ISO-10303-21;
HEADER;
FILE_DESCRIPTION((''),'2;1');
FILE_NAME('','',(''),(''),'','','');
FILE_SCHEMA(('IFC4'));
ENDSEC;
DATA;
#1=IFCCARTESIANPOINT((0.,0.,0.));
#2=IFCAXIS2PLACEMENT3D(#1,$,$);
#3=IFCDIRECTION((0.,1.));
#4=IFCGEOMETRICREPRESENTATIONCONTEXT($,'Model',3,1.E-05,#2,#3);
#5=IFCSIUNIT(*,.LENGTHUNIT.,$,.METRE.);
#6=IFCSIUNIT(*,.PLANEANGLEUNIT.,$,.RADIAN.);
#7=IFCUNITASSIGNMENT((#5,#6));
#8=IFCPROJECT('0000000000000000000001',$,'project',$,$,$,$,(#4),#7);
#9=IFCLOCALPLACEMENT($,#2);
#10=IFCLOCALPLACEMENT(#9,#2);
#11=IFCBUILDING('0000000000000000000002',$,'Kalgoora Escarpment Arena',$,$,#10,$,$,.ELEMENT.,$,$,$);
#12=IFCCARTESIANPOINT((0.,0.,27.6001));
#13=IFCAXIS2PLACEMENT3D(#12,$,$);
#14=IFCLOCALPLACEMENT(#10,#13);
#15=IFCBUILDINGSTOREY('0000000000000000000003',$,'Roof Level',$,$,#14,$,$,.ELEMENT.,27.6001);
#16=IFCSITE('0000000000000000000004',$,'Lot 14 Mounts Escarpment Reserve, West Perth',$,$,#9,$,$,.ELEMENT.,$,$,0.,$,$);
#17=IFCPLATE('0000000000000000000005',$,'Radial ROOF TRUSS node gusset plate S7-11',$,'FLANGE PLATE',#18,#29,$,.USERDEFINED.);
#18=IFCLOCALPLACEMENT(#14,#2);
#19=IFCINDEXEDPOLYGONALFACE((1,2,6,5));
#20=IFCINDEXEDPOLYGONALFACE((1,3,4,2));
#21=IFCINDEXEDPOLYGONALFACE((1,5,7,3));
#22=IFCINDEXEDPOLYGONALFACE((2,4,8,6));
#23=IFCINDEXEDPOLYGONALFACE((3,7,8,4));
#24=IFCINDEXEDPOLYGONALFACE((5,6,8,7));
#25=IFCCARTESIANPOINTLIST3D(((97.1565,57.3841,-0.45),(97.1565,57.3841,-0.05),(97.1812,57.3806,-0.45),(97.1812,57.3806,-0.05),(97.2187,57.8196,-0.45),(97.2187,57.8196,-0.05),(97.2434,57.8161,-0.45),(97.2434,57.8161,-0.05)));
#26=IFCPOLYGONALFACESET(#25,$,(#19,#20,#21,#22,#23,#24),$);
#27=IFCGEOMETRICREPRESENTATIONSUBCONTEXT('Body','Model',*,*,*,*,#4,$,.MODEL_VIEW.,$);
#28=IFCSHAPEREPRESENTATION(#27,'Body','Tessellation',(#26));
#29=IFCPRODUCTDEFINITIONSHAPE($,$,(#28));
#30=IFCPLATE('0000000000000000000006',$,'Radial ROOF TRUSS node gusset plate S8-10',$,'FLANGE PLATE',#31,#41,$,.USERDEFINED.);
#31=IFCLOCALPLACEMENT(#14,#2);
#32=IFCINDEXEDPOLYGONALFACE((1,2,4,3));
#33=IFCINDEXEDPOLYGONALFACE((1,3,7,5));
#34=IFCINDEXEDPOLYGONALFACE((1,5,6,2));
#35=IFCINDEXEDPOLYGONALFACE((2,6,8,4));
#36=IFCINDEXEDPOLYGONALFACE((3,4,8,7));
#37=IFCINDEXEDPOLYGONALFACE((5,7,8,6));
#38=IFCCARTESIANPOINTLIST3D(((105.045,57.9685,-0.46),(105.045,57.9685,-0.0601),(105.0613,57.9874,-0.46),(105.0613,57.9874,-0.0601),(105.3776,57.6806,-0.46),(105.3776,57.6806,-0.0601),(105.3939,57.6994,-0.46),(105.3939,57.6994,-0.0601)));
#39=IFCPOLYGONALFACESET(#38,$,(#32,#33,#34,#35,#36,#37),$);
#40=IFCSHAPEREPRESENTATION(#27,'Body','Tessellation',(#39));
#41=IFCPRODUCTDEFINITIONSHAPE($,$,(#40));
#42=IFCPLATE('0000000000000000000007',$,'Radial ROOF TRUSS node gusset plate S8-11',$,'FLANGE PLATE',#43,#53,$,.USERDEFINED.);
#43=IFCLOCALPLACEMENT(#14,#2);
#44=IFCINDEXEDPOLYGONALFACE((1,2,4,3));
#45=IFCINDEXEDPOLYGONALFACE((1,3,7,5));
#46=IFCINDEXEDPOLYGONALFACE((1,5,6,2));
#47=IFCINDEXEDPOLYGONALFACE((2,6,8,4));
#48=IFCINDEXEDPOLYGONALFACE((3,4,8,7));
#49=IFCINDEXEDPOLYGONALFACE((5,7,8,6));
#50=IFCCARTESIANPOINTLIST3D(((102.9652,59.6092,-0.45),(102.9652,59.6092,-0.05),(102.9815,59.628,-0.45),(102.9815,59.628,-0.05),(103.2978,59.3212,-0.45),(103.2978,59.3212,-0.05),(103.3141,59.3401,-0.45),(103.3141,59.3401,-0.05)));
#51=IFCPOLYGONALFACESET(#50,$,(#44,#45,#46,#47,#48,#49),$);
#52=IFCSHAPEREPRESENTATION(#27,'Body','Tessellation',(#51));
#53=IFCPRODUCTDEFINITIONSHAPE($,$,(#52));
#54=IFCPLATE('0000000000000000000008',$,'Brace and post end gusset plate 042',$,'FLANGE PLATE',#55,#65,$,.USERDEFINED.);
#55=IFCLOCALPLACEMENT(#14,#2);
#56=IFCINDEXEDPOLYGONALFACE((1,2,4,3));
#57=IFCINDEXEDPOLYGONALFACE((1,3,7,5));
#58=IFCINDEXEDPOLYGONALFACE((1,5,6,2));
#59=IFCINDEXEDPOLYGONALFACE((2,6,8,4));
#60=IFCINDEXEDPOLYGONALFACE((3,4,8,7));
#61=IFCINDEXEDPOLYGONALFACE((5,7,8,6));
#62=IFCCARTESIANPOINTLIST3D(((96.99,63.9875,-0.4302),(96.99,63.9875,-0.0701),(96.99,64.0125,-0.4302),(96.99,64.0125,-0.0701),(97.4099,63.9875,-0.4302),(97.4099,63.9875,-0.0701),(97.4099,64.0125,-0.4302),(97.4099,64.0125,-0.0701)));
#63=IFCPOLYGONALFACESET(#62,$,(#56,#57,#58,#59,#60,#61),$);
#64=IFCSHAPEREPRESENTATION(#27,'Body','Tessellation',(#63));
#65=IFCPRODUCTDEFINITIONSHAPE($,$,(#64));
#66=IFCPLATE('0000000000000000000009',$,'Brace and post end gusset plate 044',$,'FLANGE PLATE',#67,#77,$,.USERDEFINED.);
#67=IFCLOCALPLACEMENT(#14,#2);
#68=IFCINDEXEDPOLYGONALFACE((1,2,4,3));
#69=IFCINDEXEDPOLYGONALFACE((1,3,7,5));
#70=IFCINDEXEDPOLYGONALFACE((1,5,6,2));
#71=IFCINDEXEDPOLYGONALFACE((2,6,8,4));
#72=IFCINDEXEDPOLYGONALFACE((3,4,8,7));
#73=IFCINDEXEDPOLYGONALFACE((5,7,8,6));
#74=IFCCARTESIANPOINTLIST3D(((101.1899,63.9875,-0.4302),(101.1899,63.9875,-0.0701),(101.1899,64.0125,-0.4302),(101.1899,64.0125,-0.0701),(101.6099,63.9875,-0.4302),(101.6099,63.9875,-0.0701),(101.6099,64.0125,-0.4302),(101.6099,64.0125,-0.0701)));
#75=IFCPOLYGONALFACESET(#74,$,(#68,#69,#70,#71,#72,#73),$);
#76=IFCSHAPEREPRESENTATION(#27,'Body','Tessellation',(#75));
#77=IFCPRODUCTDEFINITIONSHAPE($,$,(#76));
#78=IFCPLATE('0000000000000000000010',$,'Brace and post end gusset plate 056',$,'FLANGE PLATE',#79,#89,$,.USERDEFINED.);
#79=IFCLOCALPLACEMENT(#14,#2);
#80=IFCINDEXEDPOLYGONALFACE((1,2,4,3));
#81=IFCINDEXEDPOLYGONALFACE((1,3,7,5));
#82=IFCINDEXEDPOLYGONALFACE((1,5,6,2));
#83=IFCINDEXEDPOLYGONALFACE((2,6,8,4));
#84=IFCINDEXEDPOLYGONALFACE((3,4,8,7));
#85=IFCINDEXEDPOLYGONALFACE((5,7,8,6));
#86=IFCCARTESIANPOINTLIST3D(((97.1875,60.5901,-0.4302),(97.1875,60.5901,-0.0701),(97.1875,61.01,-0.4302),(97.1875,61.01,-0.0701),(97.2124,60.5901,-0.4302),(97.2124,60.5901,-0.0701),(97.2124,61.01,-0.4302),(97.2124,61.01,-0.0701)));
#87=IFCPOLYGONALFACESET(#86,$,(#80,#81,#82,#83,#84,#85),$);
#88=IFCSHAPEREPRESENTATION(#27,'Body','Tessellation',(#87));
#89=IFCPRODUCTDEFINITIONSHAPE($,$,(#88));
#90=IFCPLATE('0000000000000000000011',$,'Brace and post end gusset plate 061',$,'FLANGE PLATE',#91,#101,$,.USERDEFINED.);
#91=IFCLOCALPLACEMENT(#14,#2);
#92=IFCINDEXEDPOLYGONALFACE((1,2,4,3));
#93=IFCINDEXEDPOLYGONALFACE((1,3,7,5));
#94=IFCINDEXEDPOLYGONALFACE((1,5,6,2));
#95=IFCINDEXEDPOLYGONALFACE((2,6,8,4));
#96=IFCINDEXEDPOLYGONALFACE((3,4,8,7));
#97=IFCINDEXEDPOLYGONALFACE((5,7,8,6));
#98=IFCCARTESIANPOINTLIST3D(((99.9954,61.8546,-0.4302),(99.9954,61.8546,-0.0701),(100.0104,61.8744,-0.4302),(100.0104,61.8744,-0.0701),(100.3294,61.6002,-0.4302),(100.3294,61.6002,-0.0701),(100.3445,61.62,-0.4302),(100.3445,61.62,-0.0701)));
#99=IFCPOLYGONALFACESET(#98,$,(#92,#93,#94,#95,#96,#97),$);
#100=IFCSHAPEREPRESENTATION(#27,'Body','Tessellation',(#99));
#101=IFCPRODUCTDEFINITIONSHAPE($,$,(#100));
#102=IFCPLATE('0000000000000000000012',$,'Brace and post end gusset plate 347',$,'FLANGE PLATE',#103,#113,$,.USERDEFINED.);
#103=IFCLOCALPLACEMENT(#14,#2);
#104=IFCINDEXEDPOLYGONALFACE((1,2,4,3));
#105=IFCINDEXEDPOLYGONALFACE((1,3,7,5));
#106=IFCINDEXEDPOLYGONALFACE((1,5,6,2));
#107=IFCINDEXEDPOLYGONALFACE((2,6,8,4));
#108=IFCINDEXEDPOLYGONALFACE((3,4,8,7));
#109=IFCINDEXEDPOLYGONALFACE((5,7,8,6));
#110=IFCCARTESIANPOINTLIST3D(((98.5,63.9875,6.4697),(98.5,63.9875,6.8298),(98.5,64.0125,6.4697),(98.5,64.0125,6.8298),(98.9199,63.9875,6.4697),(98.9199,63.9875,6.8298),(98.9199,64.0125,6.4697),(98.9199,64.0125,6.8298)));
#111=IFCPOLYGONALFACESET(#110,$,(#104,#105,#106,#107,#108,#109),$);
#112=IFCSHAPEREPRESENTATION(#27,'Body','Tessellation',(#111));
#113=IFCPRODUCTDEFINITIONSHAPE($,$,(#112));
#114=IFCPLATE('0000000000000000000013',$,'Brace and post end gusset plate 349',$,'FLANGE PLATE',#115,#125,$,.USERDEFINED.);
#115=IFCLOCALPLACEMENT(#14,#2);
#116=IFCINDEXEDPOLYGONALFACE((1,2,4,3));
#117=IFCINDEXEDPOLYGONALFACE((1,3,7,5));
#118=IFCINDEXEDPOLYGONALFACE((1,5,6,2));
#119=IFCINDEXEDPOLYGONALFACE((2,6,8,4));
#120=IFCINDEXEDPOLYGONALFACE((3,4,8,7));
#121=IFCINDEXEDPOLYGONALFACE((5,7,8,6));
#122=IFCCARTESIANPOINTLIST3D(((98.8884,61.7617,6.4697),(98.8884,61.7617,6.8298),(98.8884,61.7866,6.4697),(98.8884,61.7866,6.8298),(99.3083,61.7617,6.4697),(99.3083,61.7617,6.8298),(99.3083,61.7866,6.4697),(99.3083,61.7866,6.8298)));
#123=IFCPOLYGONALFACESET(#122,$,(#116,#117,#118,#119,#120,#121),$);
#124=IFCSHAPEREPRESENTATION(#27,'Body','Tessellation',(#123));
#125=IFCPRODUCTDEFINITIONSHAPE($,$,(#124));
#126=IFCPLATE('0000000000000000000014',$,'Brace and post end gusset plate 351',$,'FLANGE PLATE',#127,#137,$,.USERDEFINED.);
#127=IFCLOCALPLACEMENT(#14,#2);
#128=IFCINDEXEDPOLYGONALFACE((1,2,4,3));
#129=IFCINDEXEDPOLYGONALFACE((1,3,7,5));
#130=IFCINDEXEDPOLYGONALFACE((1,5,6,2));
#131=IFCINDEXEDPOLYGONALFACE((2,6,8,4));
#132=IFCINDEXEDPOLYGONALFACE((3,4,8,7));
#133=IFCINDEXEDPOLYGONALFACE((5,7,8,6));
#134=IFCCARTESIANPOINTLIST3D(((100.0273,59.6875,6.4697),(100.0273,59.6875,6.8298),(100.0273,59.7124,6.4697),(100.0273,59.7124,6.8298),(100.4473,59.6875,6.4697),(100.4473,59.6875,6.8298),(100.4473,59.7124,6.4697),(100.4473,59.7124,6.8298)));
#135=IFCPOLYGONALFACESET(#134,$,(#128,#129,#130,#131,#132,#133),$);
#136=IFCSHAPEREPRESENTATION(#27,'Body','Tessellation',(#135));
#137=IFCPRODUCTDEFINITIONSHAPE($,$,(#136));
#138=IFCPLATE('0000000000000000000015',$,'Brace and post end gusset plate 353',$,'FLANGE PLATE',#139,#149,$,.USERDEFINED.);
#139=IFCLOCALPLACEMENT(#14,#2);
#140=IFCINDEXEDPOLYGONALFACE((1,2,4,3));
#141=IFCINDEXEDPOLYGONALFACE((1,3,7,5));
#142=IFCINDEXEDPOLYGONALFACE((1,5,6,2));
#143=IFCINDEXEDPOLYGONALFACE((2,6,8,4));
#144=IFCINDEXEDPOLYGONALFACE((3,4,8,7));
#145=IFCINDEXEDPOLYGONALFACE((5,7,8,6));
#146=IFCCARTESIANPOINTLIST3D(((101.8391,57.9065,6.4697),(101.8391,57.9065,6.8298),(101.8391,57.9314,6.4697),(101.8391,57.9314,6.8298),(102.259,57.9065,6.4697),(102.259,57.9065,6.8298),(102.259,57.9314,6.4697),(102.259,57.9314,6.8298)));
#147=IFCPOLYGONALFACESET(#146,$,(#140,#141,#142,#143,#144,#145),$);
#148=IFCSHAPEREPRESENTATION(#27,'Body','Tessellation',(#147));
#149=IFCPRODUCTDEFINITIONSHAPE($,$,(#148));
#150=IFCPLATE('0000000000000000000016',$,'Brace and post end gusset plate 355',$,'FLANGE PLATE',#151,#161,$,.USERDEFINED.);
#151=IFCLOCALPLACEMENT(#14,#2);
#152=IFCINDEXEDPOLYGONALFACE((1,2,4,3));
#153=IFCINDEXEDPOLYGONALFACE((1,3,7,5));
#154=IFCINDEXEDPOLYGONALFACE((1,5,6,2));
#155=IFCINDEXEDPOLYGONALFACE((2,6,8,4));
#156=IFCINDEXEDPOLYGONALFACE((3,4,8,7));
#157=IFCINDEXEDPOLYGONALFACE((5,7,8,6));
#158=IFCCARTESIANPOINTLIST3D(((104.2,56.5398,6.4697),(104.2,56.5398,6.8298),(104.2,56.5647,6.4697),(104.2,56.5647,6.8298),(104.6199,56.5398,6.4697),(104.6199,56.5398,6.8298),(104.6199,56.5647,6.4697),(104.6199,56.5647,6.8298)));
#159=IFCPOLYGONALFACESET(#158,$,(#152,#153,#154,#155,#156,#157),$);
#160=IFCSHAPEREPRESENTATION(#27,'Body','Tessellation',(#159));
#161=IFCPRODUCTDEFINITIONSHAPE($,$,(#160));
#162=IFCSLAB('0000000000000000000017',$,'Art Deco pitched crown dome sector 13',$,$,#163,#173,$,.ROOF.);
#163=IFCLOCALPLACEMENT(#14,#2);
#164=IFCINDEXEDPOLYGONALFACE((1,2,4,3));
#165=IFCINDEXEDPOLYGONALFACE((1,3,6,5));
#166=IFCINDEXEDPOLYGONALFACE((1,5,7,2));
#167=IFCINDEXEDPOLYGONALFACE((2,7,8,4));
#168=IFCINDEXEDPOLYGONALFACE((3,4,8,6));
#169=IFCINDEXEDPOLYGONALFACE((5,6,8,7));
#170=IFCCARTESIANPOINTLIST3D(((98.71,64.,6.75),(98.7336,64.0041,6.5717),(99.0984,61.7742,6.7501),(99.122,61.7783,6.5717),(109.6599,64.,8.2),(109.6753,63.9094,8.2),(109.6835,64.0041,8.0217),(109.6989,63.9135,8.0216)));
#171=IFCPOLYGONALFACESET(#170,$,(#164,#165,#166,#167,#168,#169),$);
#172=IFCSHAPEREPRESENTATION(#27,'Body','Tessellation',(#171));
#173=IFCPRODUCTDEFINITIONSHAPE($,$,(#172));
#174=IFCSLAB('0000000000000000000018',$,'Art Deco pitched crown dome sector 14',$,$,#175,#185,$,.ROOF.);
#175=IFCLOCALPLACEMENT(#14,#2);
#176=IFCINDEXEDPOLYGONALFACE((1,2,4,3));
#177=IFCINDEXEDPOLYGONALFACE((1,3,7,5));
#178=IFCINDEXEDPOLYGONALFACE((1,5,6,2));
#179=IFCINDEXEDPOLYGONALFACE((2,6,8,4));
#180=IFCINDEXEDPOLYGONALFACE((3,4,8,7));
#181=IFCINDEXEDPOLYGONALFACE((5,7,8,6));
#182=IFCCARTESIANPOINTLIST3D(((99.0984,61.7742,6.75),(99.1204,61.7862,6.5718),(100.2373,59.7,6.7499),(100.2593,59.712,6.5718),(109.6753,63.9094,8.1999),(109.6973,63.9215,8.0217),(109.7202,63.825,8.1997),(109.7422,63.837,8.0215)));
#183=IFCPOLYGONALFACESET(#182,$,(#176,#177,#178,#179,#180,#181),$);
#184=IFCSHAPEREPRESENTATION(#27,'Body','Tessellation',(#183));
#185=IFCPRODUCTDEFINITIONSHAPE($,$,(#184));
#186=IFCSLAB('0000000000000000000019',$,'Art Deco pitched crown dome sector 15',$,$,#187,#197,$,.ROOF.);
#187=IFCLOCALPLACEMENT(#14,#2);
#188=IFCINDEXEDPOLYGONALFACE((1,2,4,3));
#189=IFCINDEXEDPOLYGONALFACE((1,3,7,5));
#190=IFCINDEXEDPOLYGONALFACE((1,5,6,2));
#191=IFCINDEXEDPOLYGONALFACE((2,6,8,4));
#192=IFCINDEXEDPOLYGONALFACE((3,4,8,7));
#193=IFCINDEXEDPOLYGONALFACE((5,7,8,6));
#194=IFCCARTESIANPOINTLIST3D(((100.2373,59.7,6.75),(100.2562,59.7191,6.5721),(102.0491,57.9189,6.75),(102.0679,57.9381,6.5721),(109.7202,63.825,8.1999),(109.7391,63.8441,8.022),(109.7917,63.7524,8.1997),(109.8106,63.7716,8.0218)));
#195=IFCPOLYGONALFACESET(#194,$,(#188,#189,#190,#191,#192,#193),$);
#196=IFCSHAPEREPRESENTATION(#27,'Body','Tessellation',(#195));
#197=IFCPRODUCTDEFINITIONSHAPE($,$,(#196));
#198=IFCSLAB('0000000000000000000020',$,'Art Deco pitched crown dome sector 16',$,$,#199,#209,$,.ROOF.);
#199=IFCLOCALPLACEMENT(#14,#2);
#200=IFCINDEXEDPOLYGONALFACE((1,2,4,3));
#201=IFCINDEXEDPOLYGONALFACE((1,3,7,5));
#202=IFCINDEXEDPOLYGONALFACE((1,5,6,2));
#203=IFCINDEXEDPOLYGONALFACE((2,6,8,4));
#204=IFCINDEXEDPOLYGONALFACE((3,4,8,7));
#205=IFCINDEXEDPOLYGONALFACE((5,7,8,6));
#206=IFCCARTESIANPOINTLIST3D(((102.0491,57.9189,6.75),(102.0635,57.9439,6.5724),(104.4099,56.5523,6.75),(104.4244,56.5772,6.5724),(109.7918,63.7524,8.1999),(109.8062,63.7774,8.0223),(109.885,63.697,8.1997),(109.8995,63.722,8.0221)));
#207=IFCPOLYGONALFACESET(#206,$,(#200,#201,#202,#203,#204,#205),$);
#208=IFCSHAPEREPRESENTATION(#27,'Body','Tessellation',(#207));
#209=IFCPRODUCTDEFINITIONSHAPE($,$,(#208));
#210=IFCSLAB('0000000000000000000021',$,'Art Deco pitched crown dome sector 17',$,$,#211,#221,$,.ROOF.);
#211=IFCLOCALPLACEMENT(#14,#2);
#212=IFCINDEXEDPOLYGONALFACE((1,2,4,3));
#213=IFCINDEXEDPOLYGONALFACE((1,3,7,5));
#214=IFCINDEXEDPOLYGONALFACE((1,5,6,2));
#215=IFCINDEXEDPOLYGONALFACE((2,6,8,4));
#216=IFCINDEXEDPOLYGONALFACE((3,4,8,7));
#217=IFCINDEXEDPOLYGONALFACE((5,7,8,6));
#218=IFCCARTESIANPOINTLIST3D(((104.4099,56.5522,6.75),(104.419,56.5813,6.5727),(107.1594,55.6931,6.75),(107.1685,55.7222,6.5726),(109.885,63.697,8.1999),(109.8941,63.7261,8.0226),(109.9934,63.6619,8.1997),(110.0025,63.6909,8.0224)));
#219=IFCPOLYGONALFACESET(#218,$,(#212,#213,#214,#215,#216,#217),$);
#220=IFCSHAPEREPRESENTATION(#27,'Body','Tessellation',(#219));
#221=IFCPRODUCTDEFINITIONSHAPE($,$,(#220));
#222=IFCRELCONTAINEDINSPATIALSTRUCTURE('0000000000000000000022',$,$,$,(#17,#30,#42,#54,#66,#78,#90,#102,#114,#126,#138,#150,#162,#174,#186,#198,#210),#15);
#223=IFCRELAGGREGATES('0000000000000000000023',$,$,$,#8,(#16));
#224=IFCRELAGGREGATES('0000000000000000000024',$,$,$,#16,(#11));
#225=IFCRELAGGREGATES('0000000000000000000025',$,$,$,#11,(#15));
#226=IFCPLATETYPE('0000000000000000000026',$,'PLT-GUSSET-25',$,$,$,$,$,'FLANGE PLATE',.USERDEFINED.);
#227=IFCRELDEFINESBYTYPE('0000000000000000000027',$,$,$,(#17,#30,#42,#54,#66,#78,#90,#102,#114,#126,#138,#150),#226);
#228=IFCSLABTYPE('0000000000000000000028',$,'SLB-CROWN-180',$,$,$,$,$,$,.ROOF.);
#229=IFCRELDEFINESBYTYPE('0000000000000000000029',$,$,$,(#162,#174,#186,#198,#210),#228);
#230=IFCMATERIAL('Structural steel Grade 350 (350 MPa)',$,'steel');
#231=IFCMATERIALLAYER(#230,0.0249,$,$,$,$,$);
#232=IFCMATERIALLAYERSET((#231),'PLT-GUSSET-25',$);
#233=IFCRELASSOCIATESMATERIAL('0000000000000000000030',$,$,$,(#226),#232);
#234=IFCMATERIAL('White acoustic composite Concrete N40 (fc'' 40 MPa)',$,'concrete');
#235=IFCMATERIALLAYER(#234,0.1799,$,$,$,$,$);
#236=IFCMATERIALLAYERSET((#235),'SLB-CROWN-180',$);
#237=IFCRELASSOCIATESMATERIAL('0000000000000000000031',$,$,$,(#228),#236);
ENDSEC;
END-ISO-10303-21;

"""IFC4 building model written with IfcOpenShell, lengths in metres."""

from ifc_helpers import new_model, si_unit, direction, frame, origin, origin_2d, place, context, subcontext, project, spatial, polyline, rectangle, outline, extrude, material, layer, layer_set, type_object, element, save


model = new_model("IFC4")

# Units and contexts
model_context = context("Model", 3, precision=1e-05, world=origin(), true_north=direction((0.0, 1.0)))
body_context = subcontext(model_context, "Body", "Model", "MODEL_VIEW")
ifc_project = project(units=[si_unit("LENGTHUNIT", "METRE"), si_unit("PLANEANGLEUNIT", "RADIAN")], contexts=[model_context])

# Site, building, storey
site_placement = place(None, origin())
site = spatial("IfcSite", under=ifc_project, at=site_placement, Name="Lot 14 Mounts Escarpment Reserve, West Perth", CompositionType="ELEMENT", RefElevation=0.0)
building_placement = place(site_placement, origin())
building = spatial("IfcBuilding", under=site, at=building_placement, Name="Kalgoora Escarpment Arena", CompositionType="ELEMENT")
storey_placement = place(building_placement, frame((0.0, 0.0, 27.6001)))
storey = spatial("IfcBuildingStorey", under=building, at=storey_placement, Name="Roof Level", CompositionType="ELEMENT", Elevation=27.6001)

# Plates
ifc_material_1 = material(Name="Structural steel Grade 350 (350 MPa)", Category="steel")
ifc_layer_1 = layer(ifc_material_1, 0.0249)
ifc_layer_set_1 = layer_set([ifc_layer_1], Name="PLT-GUSSET-25")
plate_type = type_object("IfcPlateType", Name="PLT-GUSSET-25", ElementType="FLANGE PLATE", PredefinedType="USERDEFINED", material=ifc_layer_set_1)
for number, where, z_axis, x_axis, name in (
    (1, (97.2, 57.6001, -0.45), (0.0, 0.0, 1.0), (0.14142, 0.98995, 0.0), "Radial ROOF TRUSS node gusset plate S7-11"),
    (2, (105.2195, 57.834, -0.46), (0.0, 0.0, 1.0), (-0.756082, 0.654477, 0.0), "Radial ROOF TRUSS node gusset plate S8-10"),
    (3, (103.1396, 59.4746, -0.45), (0.0, 0.0, 1.0), (-0.756082, 0.654477, 0.0), "Radial ROOF TRUSS node gusset plate S8-11"),
):
    element("IfcPlate", number, at=place(storey_placement, frame(where, z_axis=z_axis, x_axis=x_axis)), inside=storey, type_object=plate_type, Name=name, ObjectType="FLANGE PLATE", PredefinedType="USERDEFINED", context=body_context, shape_type="SweptSolid", body=[
        extrude(rectangle(XDim=0.4399, YDim=0.0249, at=origin_2d()), origin(), (0.0, 0.0, 1.0), 0.3999),
    ])
for number, where, z_axis, x_axis, name in (
    (4, (97.2, 64.0, -0.4302), (0.0, 0.0, 1.0), (1.0, 0.0, 0.0), "Brace and post end gusset plate 042"),
    (5, (101.3999, 64.0, -0.4302), (0.0, 0.0, 1.0), (-1.0, 0.0, 0.0), "Brace and post end gusset plate 044"),
    (6, (97.2, 60.8, -0.4302), (0.0, 0.0, 1.0), (0.0, -1.0, 0.0), "Brace and post end gusset plate 056"),
    (7, (100.1699, 61.7373, -0.4302), (0.0, 0.0, 1.0), (0.795473, -0.605988, 0.0), "Brace and post end gusset plate 061"),
    (8, (98.71, 64.0, 6.4697), (0.0, 0.0, 1.0), (1.0, 0.0, 0.0), "Brace and post end gusset plate 347"),
    (9, (99.0984, 61.7742, 6.4697), (0.0, 0.0, 1.0), (1.0, 0.0, 0.0), "Brace and post end gusset plate 349"),
    (10, (100.2373, 59.7, 6.4697), (0.0, 0.0, 1.0), (1.0, 0.0, 0.0), "Brace and post end gusset plate 351"),
    (11, (102.0491, 57.9189, 6.4697), (0.0, 0.0, 1.0), (1.0, 0.0, 0.0), "Brace and post end gusset plate 353"),
    (12, (104.4099, 56.5522, 6.4697), (0.0, 0.0, 1.0), (1.0, 0.0, 0.0), "Brace and post end gusset plate 355"),
):
    element("IfcPlate", number, at=place(storey_placement, frame(where, z_axis=z_axis, x_axis=x_axis)), inside=storey, type_object=plate_type, Name=name, ObjectType="FLANGE PLATE", PredefinedType="USERDEFINED", context=body_context, shape_type="SweptSolid", body=[
        extrude(rectangle(XDim=0.4199, YDim=0.0249, at=origin_2d()), origin(), (0.0, 0.0, 1.0), 0.3601),
    ])

# Slabs
ifc_material_2 = material(Name="White acoustic composite Concrete N40 (fc' 40 MPa)", Category="concrete")
ifc_layer_2 = layer(ifc_material_2, 0.1799)
ifc_layer_set_2 = layer_set([ifc_layer_2], Name="SLB-CROWN-180")
slab_type = type_object("IfcSlabType", Name="SLB-CROWN-180", PredefinedType="ROOF", material=ifc_layer_set_2)
slab_1_placement = place(storey_placement, frame((98.71, 64.0, 6.75), z_axis=(-0.131241, -0.022879, 0.991086), x_axis=(0.171908, -0.985113, 0.000024)))
element("IfcSlab", 13, at=slab_1_placement, inside=storey, type_object=slab_type, Name="Art Deco pitched crown dome sector 13", PredefinedType="ROOF", context=body_context, shape_type="SweptSolid", body=[
    extrude(outline(polyline([(0.0, 0.0), (2.2595, 0.0), (1.9743, 10.8835), (1.8824, 10.8839), (0.0, 0.0)])), origin(), (0.0, 0.0, -1.0), 0.1799),
])
slab_2_placement = place(storey_placement, frame((99.0984, 61.7742, 6.75), z_axis=(-0.122191, -0.067122, 0.990234), x_axis=(0.481304, -0.876554, -0.000025)))
element("IfcSlab", 14, at=slab_2_placement, inside=storey, type_object=slab_type, Name="Art Deco pitched crown dome sector 14", PredefinedType="ROOF", context=body_context, shape_type="SweptSolid", body=[
    extrude(outline(polyline([(0.0, 0.0), (2.3663, 0.0), (3.3147, 10.3992), (3.219, 10.4005), (0.0, 0.0)])), origin(), (0.0, 0.0, -1.0), 0.1799),
])
slab_3_placement = place(storey_placement, frame((100.2373, 59.7, 6.75), z_axis=(-0.104804, -0.106618, 0.988761), x_axis=(0.713135, -0.701026, -0.000003)))
element("IfcSlab", 15, at=slab_3_placement, inside=storey, type_object=slab_type, Name="Art Deco pitched crown dome sector 15", PredefinedType="ROOF", context=body_context, shape_type="SweptSolid", body=[
    extrude(outline(polyline([(0.0, 0.0), (2.5406, 0.0), (3.9727, 9.6969), (3.8709, 9.6985), (0.0, 0.0)])), origin(), (0.0, 0.0, -1.0), 0.1799),
])
slab_4_placement = place(storey_placement, frame((102.0491, 57.9189, 6.75), z_axis=(-0.080304, -0.138748, 0.987066), x_axis=(0.865444, -0.501006, -0.000015)))
element("IfcSlab", 16, at=slab_4_placement, inside=storey, type_object=slab_type, Name="Art Deco pitched crown dome sector 16", PredefinedType="ROOF", context=body_context, shape_type="SweptSolid", body=[
    extrude(outline(polyline([(0.0, 0.0), (2.7279, 0.0), (3.8867, 9.0434), (3.7782, 9.0447), (0.0, 0.0)])), origin(), (0.0, 0.0, -1.0), 0.1799),
])
slab_5_placement = place(storey_placement, frame((104.4099, 56.5522, 6.75), z_axis=(-0.050414, -0.16138, 0.985604), x_axis=(0.95449, -0.298244, -0.000011)))
element("IfcSlab", 17, at=slab_5_placement, inside=storey, type_object=slab_type, Name="Art Deco pitched crown dome sector 17", PredefinedType="ROOF", context=body_context, shape_type="SweptSolid", body=[
    extrude(outline(polyline([(0.0, 0.0), (2.8806, 0.0), (3.209, 8.5747), (3.095, 8.576), (0.0, 0.0)])), origin(), (0.0, 0.0, -1.0), 0.1799),
])

save(model, "model.ifc")
